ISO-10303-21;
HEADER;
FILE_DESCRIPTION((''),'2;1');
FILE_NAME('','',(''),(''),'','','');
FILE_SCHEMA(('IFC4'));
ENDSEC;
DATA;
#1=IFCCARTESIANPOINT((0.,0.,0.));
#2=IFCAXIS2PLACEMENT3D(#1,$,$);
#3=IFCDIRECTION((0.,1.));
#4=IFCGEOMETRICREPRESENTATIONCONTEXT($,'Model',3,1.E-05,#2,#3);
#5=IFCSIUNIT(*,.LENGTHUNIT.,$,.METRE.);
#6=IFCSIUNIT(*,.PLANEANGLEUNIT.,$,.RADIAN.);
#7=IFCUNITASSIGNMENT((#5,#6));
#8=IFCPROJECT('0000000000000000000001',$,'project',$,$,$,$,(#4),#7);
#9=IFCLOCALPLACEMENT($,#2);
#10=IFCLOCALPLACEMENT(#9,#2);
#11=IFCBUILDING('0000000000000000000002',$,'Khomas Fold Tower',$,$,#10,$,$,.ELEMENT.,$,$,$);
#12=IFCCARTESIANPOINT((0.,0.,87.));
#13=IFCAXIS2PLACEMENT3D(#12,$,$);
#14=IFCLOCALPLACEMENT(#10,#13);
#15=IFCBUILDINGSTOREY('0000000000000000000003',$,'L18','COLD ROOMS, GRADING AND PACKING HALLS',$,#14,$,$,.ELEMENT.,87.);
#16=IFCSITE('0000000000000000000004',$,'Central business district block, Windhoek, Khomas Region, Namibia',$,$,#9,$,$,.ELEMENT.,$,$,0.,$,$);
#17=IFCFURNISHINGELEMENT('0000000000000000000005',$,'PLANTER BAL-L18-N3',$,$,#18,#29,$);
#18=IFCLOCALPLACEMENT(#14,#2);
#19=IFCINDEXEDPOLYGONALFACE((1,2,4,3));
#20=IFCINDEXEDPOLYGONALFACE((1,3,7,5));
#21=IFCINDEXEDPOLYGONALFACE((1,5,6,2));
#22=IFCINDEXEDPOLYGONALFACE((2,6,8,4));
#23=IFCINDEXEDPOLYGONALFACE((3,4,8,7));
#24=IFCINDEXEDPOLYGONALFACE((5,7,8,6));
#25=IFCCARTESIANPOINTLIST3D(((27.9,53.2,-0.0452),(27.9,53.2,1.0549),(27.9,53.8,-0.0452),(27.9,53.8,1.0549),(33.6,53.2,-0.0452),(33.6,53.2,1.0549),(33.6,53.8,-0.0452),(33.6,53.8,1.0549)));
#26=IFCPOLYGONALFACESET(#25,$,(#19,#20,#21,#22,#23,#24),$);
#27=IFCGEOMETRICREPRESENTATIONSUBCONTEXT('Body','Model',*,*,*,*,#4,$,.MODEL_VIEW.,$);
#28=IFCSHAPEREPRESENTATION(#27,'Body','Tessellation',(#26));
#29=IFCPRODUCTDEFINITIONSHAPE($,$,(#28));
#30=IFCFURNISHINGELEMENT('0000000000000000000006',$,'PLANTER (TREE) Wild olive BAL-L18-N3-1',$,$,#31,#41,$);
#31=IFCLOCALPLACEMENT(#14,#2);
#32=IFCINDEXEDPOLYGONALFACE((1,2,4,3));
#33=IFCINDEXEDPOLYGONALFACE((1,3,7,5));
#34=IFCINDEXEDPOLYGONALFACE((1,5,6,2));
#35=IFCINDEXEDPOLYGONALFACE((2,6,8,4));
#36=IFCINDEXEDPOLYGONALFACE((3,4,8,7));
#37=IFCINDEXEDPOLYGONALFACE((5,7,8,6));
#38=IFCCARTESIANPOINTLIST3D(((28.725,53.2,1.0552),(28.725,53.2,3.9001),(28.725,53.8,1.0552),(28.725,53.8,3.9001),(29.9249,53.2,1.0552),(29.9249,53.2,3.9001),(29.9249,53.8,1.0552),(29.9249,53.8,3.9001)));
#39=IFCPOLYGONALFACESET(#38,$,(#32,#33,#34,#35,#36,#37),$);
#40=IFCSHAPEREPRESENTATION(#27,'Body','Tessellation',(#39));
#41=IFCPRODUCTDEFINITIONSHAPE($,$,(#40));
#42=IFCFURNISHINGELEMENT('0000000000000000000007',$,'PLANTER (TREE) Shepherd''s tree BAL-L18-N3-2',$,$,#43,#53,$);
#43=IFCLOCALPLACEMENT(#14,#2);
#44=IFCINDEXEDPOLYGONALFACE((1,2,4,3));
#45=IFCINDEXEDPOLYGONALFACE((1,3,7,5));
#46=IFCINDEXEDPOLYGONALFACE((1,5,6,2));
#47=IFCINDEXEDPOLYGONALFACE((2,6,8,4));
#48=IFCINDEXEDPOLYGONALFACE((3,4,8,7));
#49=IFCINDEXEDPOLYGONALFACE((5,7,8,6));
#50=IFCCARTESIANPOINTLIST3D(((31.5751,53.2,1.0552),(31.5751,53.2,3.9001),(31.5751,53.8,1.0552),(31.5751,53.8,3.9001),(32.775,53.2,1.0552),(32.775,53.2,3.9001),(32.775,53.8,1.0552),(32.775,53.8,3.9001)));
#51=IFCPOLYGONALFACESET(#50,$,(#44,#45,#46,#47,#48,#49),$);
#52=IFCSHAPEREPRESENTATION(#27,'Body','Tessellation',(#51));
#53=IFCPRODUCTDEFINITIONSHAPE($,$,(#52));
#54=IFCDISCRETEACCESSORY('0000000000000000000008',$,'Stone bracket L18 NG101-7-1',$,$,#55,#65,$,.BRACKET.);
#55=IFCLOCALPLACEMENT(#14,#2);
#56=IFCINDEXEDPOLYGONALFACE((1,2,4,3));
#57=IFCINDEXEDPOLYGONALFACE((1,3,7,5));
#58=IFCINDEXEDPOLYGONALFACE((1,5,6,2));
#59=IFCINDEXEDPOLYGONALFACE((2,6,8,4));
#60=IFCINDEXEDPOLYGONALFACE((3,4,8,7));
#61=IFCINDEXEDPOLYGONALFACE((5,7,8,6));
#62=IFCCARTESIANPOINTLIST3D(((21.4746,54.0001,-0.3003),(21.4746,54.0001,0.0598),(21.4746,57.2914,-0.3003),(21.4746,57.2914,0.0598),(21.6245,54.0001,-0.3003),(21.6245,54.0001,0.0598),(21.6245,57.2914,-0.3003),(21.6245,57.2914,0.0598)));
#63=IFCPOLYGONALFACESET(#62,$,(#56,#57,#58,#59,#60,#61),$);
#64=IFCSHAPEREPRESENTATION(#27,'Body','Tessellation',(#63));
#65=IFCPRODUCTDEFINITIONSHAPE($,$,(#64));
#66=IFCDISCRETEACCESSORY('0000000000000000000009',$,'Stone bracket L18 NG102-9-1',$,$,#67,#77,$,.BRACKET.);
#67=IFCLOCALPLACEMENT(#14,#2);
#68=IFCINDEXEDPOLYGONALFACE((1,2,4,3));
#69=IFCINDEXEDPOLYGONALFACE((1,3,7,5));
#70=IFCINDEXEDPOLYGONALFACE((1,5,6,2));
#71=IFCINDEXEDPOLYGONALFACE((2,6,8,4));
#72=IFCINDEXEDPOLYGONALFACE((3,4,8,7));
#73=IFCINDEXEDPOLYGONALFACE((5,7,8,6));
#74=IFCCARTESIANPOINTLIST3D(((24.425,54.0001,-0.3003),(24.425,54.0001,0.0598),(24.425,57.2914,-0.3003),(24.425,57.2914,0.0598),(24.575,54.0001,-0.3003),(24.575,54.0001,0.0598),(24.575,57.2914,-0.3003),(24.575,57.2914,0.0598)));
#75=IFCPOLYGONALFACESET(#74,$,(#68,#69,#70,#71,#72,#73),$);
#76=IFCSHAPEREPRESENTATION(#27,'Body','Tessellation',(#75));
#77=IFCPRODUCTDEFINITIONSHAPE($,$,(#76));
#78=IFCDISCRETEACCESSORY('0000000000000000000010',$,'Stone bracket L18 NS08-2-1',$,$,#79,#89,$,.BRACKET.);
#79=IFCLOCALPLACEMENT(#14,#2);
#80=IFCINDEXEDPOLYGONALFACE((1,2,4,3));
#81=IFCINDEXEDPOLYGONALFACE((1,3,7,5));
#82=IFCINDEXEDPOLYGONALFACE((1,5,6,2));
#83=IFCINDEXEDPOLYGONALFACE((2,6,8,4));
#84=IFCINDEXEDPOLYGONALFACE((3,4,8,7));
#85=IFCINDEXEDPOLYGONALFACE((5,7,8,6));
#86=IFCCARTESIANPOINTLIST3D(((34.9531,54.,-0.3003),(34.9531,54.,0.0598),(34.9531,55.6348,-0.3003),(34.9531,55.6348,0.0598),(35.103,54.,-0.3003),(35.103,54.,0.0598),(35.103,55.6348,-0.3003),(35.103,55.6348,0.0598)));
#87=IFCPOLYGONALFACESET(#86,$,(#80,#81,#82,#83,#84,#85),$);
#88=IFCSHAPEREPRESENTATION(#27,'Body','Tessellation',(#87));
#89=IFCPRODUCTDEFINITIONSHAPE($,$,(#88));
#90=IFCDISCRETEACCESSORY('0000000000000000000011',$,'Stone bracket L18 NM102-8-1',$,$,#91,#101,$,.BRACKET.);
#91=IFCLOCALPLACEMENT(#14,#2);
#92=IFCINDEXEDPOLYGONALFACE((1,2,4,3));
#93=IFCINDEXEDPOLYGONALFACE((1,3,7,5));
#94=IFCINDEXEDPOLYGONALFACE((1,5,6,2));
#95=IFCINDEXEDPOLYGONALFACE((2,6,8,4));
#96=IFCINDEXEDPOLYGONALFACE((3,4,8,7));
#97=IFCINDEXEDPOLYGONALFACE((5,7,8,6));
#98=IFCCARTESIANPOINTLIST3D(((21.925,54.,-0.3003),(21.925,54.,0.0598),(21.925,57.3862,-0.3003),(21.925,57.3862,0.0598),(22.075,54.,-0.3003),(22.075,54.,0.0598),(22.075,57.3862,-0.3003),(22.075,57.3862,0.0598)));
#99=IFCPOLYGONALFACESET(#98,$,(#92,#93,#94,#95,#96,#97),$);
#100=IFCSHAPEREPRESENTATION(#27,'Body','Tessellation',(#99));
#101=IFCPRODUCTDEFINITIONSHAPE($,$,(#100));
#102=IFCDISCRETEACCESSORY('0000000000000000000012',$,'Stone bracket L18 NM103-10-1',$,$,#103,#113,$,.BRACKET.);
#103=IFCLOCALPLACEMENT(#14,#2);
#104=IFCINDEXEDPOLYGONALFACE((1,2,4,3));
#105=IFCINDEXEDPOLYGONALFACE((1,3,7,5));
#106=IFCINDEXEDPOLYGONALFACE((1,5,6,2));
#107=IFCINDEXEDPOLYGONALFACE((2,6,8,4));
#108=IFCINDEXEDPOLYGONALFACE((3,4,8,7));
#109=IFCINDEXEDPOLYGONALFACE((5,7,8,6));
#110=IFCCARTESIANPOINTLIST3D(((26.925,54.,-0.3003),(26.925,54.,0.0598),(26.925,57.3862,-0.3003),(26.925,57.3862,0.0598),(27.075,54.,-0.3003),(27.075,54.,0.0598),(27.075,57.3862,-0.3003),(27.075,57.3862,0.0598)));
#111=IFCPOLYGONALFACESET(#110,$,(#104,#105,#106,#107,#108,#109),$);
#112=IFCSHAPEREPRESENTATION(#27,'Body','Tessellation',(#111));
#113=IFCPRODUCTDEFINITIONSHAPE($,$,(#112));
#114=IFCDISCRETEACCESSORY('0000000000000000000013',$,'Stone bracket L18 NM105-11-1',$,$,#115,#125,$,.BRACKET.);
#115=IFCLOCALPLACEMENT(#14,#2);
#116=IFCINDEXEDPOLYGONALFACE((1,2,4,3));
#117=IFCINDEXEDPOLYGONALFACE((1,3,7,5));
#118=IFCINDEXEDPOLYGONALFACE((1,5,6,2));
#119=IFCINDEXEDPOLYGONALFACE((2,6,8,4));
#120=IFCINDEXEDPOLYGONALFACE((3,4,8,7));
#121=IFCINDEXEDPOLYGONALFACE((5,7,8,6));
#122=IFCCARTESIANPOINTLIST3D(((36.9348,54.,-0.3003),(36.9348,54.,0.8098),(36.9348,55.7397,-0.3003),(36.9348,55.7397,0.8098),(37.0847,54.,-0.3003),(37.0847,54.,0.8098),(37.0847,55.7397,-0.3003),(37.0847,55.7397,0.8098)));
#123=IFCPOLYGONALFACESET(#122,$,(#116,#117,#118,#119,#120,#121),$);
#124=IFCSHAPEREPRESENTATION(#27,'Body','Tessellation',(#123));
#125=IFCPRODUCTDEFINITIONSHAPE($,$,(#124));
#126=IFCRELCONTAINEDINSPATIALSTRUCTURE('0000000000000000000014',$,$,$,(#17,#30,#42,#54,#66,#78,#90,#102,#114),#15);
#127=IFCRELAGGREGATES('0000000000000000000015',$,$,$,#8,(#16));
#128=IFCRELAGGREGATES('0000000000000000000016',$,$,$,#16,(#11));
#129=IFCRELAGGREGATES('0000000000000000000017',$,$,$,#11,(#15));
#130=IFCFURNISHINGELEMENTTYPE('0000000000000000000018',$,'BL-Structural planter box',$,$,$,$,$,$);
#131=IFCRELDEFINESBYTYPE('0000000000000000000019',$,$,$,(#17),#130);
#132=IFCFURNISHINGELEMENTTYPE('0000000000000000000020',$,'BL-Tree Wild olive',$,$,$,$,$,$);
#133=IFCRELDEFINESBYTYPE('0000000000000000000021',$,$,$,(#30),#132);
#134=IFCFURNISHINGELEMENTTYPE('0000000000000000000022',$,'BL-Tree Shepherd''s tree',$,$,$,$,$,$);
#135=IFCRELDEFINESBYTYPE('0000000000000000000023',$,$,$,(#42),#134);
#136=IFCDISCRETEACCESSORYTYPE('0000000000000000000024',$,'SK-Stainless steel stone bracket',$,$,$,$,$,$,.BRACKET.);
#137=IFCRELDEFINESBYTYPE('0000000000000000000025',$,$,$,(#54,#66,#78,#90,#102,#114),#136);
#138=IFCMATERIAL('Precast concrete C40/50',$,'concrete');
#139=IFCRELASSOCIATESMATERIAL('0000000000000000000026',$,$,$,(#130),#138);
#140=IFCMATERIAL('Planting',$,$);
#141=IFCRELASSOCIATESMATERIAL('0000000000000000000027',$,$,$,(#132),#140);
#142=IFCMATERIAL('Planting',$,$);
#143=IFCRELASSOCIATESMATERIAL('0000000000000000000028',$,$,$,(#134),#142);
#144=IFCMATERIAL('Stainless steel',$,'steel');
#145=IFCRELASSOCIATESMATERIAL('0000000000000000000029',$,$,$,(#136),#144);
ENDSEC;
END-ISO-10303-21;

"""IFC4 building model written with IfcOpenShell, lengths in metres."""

from ifc_helpers import new_model, si_unit, direction, frame, origin, origin_2d, place, context, subcontext, project, spatial, rectangle, extrude, source, transform, mapped, material, type_object, element, save


model = new_model("IFC4")

# Units and contexts
model_context = context("Model", 3, precision=1e-05, world=origin(), true_north=direction((0.0, 1.0)))
body_context = subcontext(model_context, "Body", "Model", "MODEL_VIEW")
ifc_project = project(units=[si_unit("LENGTHUNIT", "METRE"), si_unit("PLANEANGLEUNIT", "RADIAN")], contexts=[model_context])

# Site, building, storey
site_placement = place(None, origin())
site = spatial("IfcSite", under=ifc_project, at=site_placement, Name="Central business district block, Windhoek, Khomas Region, Namibia", CompositionType="ELEMENT", RefElevation=0.0)
building_placement = place(site_placement, origin())
building = spatial("IfcBuilding", under=site, at=building_placement, Name="Khomas Fold Tower", CompositionType="ELEMENT")
storey_placement = place(building_placement, frame((0.0, 0.0, 87.0)))
storey = spatial("IfcBuildingStorey", under=building, at=storey_placement, Name="L18", Description="COLD ROOMS, GRADING AND PACKING HALLS", CompositionType="ELEMENT", Elevation=87.0)

# Furnishing elements
ifc_material_1 = material(Name="Precast concrete C40/50", Category="concrete")
furnishing_element_type_1 = type_object("IfcFurnishingElementType", Name="BL-Structural planter box", material=ifc_material_1)
shared_shape_1 = source(origin(), body_context, "Body", "SweptSolid", [
    extrude(rectangle(XDim=5.7, YDim=0.6001, at=origin_2d()), origin(), (0.0, 0.0, 1.0), 1.1001),
])
furnishing_1_placement = place(storey_placement, frame((30.75, 53.5, -0.0452), z_axis=(0.0, 0.0, 1.0), x_axis=(1.0, 0.0, 0.0)))
element("IfcFurnishingElement", 1, at=furnishing_1_placement, inside=storey, type_object=furnishing_element_type_1, Name="PLANTER BAL-L18-N3", context=body_context, shape_type="MappedRepresentation", body=[
    mapped(shared_shape_1, transform((0.0, 0.0, 0.0))),
])
ifc_material_2 = material(Name="Planting")
furnishing_element_type_2 = type_object("IfcFurnishingElementType", Name="BL-Tree Wild olive", material=ifc_material_2)
shared_shape_2 = source(origin(), body_context, "Body", "SweptSolid", [
    extrude(rectangle(XDim=1.2, YDim=0.6001, at=origin_2d()), origin(), (0.0, 0.0, 1.0), 2.845),
])
furnishing_2_placement = place(storey_placement, frame((29.325, 53.5, 1.0552), z_axis=(0.0, 0.0, 1.0), x_axis=(1.0, 0.0, 0.0)))
element("IfcFurnishingElement", 2, at=furnishing_2_placement, inside=storey, type_object=furnishing_element_type_2, Name="PLANTER (TREE) Wild olive BAL-L18-N3-1", context=body_context, shape_type="MappedRepresentation", body=[
    mapped(shared_shape_2, transform((0.0, 0.0, 0.0))),
])
ifc_material_3 = material(Name="Planting")
furnishing_element_type_3 = type_object("IfcFurnishingElementType", Name="BL-Tree Shepherd's tree", material=ifc_material_3)
furnishing_3_placement = place(storey_placement, frame((32.175, 53.5, 1.0552), z_axis=(0.0, 0.0, 1.0), x_axis=(1.0, 0.0, 0.0)))
element("IfcFurnishingElement", 3, at=furnishing_3_placement, inside=storey, type_object=furnishing_element_type_3, Name="PLANTER (TREE) Shepherd's tree BAL-L18-N3-2", context=body_context, shape_type="MappedRepresentation", body=[
    mapped(shared_shape_2, transform((0.0, 0.0, 0.0))),
])

# Discrete accessories
ifc_material_4 = material(Name="Stainless steel", Category="steel")
discrete_accessory_type = type_object("IfcDiscreteAccessoryType", Name="SK-Stainless steel stone bracket", PredefinedType="BRACKET", material=ifc_material_4)
shared_shape_3 = source(origin(), body_context, "Body", "SweptSolid", [
    extrude(rectangle(XDim=3.2913, YDim=0.1499, at=origin_2d()), origin(), (0.0, 0.0, 1.0), 0.3601),
])
for number, where, z_axis, x_axis, name in (
    (4, (21.5496, 55.6458, -0.3003), (0.0, 0.0, 1.0), (0.0, 1.0, 0.0), "Stone bracket L18 NG101-7-1"),
    (5, (24.5, 55.6458, -0.3003), (0.0, 0.0, 1.0), (0.0, 1.0, 0.0), "Stone bracket L18 NG102-9-1"),
):
    element("IfcDiscreteAccessory", number, at=place(storey_placement, frame(where, z_axis=z_axis, x_axis=x_axis)), inside=storey, type_object=discrete_accessory_type, Name=name, PredefinedType="BRACKET", context=body_context, shape_type="MappedRepresentation", body=[
        mapped(shared_shape_3, transform((0.0, 0.0, 0.0))),
    ])
shared_shape_4 = source(origin(), body_context, "Body", "SweptSolid", [
    extrude(rectangle(XDim=1.6348, YDim=0.1499, at=origin_2d()), origin(), (0.0, 0.0, 1.0), 0.3601),
])
discrete_accessory_1_placement = place(storey_placement, frame((35.0281, 54.8174, -0.3003), z_axis=(0.0, 0.0, 1.0), x_axis=(0.0, 1.0, 0.0)))
element("IfcDiscreteAccessory", 6, at=discrete_accessory_1_placement, inside=storey, type_object=discrete_accessory_type, Name="Stone bracket L18 NS08-2-1", PredefinedType="BRACKET", context=body_context, shape_type="MappedRepresentation", body=[
    mapped(shared_shape_4, transform((0.0, 0.0, 0.0))),
])
shared_shape_5 = source(origin(), body_context, "Body", "SweptSolid", [
    extrude(rectangle(XDim=3.3862, YDim=0.1499, at=origin_2d()), origin(), (0.0, 0.0, 1.0), 0.3601),
])
for number, where, z_axis, x_axis, name in (
    (7, (22.0, 55.6931, -0.3003), (0.0, 0.0, 1.0), (0.0, 1.0, 0.0), "Stone bracket L18 NM102-8-1"),
    (8, (27.0, 55.6931, -0.3003), (0.0, 0.0, 1.0), (0.0, 1.0, 0.0), "Stone bracket L18 NM103-10-1"),
):
    element("IfcDiscreteAccessory", number, at=place(storey_placement, frame(where, z_axis=z_axis, x_axis=x_axis)), inside=storey, type_object=discrete_accessory_type, Name=name, PredefinedType="BRACKET", context=body_context, shape_type="MappedRepresentation", body=[
        mapped(shared_shape_5, transform((0.0, 0.0, 0.0))),
    ])
shared_shape_6 = source(origin(), body_context, "Body", "SweptSolid", [
    extrude(rectangle(XDim=1.7397, YDim=0.1499, at=origin_2d()), origin(), (0.0, 0.0, 1.0), 1.1101),
])
discrete_accessory_2_placement = place(storey_placement, frame((37.0098, 54.8699, -0.3003), z_axis=(0.0, 0.0, 1.0), x_axis=(0.0, 1.0, 0.0)))
element("IfcDiscreteAccessory", 9, at=discrete_accessory_2_placement, inside=storey, type_object=discrete_accessory_type, Name="Stone bracket L18 NM105-11-1", PredefinedType="BRACKET", context=body_context, shape_type="MappedRepresentation", body=[
    mapped(shared_shape_6, transform((0.0, 0.0, 0.0))),
])

save(model, "model.ifc")
